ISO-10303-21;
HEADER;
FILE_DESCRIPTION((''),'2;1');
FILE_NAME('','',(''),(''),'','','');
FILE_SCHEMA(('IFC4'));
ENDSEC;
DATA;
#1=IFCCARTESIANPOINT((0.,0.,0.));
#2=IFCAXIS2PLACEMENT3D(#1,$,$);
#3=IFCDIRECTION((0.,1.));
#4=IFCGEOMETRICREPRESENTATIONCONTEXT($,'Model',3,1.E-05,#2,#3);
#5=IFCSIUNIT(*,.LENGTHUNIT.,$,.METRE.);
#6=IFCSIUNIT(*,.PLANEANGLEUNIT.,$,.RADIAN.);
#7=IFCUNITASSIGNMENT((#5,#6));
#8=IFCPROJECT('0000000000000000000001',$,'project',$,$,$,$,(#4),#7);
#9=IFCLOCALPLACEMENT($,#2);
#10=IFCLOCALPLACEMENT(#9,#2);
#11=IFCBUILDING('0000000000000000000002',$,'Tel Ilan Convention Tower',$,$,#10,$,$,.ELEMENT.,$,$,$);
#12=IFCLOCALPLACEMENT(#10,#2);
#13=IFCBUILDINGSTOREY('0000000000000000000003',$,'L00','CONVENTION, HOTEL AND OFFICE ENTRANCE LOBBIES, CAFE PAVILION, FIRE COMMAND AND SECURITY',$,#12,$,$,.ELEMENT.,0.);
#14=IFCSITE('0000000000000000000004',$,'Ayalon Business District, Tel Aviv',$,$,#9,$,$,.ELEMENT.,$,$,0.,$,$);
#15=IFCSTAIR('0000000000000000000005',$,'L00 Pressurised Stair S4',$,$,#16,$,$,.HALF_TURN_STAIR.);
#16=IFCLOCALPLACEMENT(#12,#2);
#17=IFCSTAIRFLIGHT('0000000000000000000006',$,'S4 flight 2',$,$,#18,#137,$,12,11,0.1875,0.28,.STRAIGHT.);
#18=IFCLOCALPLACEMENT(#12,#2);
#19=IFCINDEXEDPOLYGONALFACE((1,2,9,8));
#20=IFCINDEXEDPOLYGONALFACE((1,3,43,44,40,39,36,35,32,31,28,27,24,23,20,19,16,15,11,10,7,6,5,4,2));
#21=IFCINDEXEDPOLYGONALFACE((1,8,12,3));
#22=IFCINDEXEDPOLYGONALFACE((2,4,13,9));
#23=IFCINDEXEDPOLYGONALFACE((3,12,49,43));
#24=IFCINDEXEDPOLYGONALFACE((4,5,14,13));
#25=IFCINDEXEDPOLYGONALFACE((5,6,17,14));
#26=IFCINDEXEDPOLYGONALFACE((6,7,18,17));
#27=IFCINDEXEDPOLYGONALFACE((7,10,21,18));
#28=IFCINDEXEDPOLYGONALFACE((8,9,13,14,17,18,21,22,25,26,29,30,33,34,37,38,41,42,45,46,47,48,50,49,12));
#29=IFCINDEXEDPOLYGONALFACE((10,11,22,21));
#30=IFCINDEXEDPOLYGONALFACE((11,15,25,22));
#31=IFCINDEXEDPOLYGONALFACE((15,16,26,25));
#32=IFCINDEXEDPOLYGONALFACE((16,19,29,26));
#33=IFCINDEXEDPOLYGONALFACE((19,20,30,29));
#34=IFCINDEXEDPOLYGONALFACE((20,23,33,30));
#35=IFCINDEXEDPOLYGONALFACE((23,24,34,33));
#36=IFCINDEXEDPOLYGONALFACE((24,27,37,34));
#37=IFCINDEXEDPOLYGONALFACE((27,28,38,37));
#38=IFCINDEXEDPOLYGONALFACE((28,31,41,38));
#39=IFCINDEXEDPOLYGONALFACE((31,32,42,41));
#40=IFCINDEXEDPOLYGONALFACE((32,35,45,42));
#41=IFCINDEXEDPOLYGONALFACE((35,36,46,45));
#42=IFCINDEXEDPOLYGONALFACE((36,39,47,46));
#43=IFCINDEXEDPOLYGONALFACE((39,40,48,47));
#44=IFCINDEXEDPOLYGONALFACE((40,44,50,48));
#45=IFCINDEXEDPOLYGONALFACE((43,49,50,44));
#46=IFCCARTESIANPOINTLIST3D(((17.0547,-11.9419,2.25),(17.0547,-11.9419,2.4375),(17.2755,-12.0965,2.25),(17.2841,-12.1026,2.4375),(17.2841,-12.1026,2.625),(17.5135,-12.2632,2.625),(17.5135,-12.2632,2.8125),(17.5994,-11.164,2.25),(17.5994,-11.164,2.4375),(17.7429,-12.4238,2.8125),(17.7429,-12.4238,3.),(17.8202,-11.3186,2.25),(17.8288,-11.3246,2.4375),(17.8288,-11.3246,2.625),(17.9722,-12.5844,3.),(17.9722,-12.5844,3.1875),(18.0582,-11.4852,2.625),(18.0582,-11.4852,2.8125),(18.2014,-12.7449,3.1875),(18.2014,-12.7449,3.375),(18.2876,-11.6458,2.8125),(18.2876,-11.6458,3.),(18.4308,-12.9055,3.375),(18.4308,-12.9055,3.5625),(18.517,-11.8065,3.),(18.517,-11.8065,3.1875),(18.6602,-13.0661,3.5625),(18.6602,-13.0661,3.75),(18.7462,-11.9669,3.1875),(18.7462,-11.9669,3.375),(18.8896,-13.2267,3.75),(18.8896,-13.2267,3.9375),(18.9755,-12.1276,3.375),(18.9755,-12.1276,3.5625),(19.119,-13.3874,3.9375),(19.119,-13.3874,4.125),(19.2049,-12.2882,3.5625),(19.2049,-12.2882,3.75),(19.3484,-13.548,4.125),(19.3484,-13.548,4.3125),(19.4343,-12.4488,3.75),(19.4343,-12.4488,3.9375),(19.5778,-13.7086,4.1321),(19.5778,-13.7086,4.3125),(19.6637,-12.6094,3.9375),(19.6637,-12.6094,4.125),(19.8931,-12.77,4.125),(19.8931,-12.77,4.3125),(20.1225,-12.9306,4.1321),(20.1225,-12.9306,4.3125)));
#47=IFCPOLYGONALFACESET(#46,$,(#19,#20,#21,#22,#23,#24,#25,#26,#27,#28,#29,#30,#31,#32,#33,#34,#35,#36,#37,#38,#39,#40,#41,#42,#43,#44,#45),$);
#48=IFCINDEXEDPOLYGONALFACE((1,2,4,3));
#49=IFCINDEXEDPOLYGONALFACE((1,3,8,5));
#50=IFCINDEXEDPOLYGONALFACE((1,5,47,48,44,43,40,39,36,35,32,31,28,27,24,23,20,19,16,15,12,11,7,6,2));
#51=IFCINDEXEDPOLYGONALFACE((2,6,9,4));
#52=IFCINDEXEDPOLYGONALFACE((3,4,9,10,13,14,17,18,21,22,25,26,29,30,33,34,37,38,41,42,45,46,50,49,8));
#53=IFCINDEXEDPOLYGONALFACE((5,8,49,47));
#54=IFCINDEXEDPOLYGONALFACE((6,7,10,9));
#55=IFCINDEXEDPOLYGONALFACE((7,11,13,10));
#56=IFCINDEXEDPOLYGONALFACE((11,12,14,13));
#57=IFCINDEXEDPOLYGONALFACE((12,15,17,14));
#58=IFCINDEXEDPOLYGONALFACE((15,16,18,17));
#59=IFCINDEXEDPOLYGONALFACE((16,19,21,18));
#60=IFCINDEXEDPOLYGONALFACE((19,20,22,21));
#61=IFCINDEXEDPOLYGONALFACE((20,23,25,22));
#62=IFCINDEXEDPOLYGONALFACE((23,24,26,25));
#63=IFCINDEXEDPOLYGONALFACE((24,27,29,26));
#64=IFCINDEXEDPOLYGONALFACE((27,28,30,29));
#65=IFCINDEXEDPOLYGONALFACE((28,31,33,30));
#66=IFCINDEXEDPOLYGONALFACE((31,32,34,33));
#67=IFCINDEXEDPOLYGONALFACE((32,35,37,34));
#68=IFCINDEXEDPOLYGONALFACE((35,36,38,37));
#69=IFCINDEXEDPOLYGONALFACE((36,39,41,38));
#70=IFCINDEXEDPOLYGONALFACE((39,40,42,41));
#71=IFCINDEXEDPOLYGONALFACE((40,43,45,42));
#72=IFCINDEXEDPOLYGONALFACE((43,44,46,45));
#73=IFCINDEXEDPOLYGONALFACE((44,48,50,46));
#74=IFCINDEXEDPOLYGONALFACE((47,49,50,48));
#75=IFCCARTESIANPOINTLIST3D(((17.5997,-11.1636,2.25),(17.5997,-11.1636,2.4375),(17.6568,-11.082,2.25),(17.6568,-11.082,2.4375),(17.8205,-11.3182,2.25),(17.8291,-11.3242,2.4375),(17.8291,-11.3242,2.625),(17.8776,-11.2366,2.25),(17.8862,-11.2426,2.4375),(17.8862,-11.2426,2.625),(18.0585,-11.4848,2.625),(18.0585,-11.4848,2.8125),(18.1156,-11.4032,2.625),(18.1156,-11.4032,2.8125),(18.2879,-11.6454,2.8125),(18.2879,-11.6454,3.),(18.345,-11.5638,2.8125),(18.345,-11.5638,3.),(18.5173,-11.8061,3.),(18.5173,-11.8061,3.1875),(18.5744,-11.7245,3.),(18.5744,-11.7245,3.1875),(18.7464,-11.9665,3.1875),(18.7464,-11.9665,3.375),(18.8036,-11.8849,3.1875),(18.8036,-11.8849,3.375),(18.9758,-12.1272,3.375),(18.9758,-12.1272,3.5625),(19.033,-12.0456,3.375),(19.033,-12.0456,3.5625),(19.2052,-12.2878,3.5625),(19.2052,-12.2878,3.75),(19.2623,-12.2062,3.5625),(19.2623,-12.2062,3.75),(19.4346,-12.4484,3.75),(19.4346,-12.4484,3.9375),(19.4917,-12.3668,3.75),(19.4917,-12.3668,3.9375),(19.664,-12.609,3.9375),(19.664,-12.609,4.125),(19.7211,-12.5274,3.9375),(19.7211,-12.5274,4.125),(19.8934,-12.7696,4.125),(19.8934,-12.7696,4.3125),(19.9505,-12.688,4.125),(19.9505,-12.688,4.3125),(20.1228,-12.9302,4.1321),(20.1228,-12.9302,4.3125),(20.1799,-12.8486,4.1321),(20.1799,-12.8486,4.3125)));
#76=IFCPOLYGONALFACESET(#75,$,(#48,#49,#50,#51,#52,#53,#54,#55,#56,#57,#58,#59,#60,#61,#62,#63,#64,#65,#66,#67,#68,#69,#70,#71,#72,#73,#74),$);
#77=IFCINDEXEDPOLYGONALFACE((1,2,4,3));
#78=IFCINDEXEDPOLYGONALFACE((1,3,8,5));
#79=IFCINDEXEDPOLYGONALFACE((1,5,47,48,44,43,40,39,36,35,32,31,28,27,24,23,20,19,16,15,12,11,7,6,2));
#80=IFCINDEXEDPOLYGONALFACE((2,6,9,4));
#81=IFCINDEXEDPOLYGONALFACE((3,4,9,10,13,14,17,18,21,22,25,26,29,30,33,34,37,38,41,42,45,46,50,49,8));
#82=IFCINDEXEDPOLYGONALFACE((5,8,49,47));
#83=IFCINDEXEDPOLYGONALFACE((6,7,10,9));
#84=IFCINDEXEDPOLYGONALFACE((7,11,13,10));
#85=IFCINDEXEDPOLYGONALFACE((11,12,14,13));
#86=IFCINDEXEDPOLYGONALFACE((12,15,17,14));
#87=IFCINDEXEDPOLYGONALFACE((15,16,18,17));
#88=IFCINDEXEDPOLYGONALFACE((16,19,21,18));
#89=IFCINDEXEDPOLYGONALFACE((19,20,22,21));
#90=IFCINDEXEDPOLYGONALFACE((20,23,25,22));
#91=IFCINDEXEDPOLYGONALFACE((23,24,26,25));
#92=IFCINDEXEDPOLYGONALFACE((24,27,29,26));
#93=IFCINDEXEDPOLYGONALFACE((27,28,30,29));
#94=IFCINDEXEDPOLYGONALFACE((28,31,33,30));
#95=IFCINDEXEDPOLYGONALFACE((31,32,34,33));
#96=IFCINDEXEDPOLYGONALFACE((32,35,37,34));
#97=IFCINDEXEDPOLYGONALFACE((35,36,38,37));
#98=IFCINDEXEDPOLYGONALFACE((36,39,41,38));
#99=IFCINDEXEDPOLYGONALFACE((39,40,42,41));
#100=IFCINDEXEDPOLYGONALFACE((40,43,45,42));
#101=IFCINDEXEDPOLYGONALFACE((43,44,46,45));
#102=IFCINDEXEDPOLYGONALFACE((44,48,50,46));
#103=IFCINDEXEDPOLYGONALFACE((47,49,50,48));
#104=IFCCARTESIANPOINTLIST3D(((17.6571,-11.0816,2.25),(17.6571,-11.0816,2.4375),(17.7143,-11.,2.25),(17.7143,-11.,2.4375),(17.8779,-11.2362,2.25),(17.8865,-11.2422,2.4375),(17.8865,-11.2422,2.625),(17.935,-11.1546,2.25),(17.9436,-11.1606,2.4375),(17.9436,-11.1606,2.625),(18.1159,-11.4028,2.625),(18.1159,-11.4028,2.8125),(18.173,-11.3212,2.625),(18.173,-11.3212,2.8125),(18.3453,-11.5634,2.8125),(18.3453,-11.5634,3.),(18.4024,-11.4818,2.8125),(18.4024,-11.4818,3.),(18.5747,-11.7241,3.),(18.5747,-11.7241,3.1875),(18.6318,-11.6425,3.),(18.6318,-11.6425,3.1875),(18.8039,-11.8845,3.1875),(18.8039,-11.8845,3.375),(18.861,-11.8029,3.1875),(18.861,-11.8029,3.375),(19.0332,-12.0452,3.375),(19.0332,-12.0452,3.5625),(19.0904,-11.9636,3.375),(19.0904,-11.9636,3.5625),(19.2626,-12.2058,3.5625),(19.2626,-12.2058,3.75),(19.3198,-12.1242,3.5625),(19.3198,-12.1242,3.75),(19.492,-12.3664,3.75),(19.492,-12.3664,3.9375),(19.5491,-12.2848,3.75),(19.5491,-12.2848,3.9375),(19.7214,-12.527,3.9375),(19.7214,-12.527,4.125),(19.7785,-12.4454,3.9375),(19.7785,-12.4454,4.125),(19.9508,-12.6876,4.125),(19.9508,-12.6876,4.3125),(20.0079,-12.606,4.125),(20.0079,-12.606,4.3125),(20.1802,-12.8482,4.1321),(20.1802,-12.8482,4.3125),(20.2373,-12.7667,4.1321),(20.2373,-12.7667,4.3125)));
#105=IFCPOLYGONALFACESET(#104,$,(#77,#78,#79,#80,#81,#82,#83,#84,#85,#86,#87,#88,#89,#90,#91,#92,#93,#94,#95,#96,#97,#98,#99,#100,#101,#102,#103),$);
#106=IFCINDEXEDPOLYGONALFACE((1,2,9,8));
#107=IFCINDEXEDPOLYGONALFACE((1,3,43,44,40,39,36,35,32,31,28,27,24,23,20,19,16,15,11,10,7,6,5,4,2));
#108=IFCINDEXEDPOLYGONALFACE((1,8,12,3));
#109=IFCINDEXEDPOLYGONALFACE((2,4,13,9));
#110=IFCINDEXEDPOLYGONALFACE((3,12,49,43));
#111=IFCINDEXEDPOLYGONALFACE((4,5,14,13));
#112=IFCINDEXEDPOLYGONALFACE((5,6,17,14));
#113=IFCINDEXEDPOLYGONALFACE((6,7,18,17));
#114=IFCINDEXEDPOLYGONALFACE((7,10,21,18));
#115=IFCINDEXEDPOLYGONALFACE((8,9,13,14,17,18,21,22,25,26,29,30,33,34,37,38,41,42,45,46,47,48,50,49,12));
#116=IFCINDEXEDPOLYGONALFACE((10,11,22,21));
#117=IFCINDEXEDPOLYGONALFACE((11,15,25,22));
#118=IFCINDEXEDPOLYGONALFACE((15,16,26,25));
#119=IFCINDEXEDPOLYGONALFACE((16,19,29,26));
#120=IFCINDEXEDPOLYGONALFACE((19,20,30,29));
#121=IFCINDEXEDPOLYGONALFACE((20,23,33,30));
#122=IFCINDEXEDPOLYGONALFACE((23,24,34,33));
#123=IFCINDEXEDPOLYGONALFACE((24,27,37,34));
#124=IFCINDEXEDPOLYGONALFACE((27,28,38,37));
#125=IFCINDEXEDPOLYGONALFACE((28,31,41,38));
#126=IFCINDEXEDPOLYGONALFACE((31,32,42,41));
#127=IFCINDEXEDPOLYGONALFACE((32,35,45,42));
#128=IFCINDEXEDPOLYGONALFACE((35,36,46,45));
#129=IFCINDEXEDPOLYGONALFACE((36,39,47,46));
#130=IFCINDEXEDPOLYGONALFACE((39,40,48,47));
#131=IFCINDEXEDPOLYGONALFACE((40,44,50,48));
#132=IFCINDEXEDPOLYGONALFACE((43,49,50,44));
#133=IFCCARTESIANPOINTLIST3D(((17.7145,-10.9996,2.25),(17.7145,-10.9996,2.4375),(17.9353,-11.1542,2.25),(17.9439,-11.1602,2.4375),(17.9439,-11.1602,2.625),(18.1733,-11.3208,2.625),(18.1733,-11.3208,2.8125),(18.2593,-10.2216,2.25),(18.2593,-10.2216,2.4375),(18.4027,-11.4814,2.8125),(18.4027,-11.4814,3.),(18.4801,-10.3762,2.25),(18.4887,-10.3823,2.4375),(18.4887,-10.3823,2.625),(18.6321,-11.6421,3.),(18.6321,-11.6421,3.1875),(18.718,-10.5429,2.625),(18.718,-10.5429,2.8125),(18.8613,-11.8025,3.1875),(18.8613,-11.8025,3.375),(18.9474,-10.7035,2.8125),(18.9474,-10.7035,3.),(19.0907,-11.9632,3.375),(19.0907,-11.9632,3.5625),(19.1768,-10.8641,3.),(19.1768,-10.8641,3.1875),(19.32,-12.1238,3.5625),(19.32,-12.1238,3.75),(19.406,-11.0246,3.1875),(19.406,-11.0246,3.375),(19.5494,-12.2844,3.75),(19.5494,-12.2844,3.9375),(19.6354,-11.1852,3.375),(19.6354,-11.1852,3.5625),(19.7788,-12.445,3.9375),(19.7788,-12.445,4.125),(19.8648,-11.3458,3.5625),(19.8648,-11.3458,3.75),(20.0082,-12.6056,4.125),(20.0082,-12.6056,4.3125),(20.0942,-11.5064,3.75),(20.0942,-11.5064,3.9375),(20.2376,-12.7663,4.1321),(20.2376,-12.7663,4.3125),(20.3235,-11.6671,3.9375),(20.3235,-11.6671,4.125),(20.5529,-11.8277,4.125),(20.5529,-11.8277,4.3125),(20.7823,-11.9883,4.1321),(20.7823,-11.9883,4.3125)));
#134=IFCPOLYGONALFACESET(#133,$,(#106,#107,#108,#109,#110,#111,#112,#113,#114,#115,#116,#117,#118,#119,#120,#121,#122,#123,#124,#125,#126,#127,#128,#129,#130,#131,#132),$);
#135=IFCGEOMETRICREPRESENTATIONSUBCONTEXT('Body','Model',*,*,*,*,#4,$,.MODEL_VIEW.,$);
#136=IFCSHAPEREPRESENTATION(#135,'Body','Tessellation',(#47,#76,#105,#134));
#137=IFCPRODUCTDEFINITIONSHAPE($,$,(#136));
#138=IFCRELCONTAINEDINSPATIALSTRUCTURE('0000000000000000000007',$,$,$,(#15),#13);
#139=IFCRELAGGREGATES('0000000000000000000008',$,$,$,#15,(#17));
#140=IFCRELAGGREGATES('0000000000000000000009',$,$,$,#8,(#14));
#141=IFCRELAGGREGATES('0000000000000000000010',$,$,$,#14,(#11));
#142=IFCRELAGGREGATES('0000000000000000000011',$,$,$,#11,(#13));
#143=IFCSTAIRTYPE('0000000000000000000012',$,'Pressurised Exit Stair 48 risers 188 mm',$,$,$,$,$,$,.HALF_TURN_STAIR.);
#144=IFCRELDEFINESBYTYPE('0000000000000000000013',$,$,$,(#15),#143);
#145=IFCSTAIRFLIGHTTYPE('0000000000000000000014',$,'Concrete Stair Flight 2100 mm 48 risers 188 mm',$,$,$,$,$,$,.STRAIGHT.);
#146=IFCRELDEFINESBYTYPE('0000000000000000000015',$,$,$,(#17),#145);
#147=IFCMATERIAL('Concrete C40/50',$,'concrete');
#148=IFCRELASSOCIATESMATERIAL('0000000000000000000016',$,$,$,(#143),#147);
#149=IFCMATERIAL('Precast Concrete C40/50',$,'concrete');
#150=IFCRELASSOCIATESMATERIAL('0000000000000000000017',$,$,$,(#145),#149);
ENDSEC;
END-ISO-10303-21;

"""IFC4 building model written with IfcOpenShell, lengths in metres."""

from ifc_helpers import new_model, si_unit, direction, frame, origin, place, context, subcontext, project, spatial, polyline, outline, extrude, material, type_object, element, aggregate, save


model = new_model("IFC4")

# Units and contexts
model_context = context("Model", 3, precision=1e-05, world=origin(), true_north=direction((0.0, 1.0)))
body_context = subcontext(model_context, "Body", "Model", "MODEL_VIEW")
ifc_project = project(units=[si_unit("LENGTHUNIT", "METRE"), si_unit("PLANEANGLEUNIT", "RADIAN")], contexts=[model_context])

# Site, building, storey
site_placement = place(None, origin())
site = spatial("IfcSite", under=ifc_project, at=site_placement, Name="Ayalon Business District, Tel Aviv", CompositionType="ELEMENT", RefElevation=0.0)
building_placement = place(site_placement, origin())
building = spatial("IfcBuilding", under=site, at=building_placement, Name="Tel Ilan Convention Tower", CompositionType="ELEMENT")
storey_placement = place(building_placement, origin())
storey = spatial("IfcBuildingStorey", under=building, at=storey_placement, Name="L00", Description="CONVENTION, HOTEL AND OFFICE ENTRANCE LOBBIES, CAFE PAVILION, FIRE COMMAND AND SECURITY", CompositionType="ELEMENT", Elevation=0.0)

# Stair, stair flight
ifc_material_1 = material(Name="Concrete C40/50", Category="concrete")
stair_type = type_object("IfcStairType", Name="Pressurised Exit Stair 48 risers 188 mm", PredefinedType="HALF_TURN_STAIR", material=ifc_material_1)
stair_placement = place(storey_placement, origin())
stair = element("IfcStair", 1, at=stair_placement, inside=storey, type_object=stair_type, Name="L00 Pressurised Stair S4", PredefinedType="HALF_TURN_STAIR")
ifc_material_2 = material(Name="Precast Concrete C40/50", Category="concrete")
stair_flight_type = type_object("IfcStairFlightType", Name="Concrete Stair Flight 2100 mm 48 risers 188 mm", PredefinedType="STRAIGHT", material=ifc_material_2)
stair_flight_1_placement = place(storey_placement, frame((17.657, -11.0818, 2.25), z_axis=(0.0, 0.0, 1.0), x_axis=(0.819152, -0.573576, 0.0)))
stair_flight_1 = element("IfcStairFlight", 2, at=stair_flight_1_placement, type_object=stair_flight_type, Name="S4 flight 2", NumberOfRisers=12, NumberOfTreads=11, PredefinedType="STRAIGHT", RiserHeight=0.1875, TreadLength=0.28, context=body_context, shape_type="SweptSolid", body=[
    extrude(outline(polyline([(0.0, 0.0), (0.0, 0.1875), (0.28, 0.1875), (0.28, 0.375), (0.5601, 0.375), (0.5601, 0.5625), (0.8401, 0.5625), (0.8401, 0.75), (1.1201, 0.75), (1.1201, 0.9375), (1.3999, 0.9375), (1.3999, 1.125), (1.6799, 1.125), (1.6799, 1.3125), (1.96, 1.3125), (1.96, 1.5), (2.24, 1.5), (2.24, 1.6875), (2.52, 1.6875), (2.52, 1.875), (2.8, 1.875), (2.8, 2.0625), (3.0801, 2.0625), (3.0801, 2.25), (3.0801, 1.8821), (0.2695, 0.0), (0.0, 0.0)])), frame((0.0, -0.1003, 0.0), z_axis=(0.0, -1.0, 0.0), x_axis=(1.0, 0.0, 0.0)), (0.0, 0.0, 1.0), 0.9497),
    extrude(outline(polyline([(0.0, 0.0), (0.0, 0.1875), (0.28, 0.1875), (0.28, 0.375), (0.5601, 0.375), (0.5601, 0.5625), (0.8401, 0.5625), (0.8401, 0.75), (1.1201, 0.75), (1.1201, 0.9375), (1.3999, 0.9375), (1.3999, 1.125), (1.6799, 1.125), (1.6799, 1.3125), (1.96, 1.3125), (1.96, 1.5), (2.24, 1.5), (2.24, 1.6875), (2.52, 1.6875), (2.52, 1.875), (2.8, 1.875), (2.8, 2.0625), (3.0801, 2.0625), (3.0801, 2.25), (3.0801, 1.8821), (0.2695, 0.0), (0.0, 0.0)])), frame((0.0, -0.0002, 0.0), z_axis=(0.0, -1.0, 0.0), x_axis=(1.0, 0.0, 0.0)), (0.0, 0.0, 1.0), 0.0996),
    extrude(outline(polyline([(0.0, 0.0), (0.0, 0.1875), (0.28, 0.1875), (0.28, 0.375), (0.5601, 0.375), (0.5601, 0.5625), (0.8401, 0.5625), (0.8401, 0.75), (1.1201, 0.75), (1.1201, 0.9375), (1.3999, 0.9375), (1.3999, 1.125), (1.6799, 1.125), (1.6799, 1.3125), (1.96, 1.3125), (1.96, 1.5), (2.24, 1.5), (2.24, 1.6875), (2.52, 1.6875), (2.52, 1.875), (2.8, 1.875), (2.8, 2.0625), (3.0801, 2.0625), (3.0801, 2.25), (3.0801, 1.8821), (0.2695, 0.0), (0.0, 0.0)])), frame((0.0, 0.0999, 0.0), z_axis=(0.0, -1.0, 0.0), x_axis=(1.0, 0.0, 0.0)), (0.0, 0.0, 1.0), 0.0996),
    extrude(outline(polyline([(0.0, 0.0), (0.0, 0.1875), (0.28, 0.1875), (0.28, 0.375), (0.5601, 0.375), (0.5601, 0.5625), (0.8401, 0.5625), (0.8401, 0.75), (1.1201, 0.75), (1.1201, 0.9375), (1.3999, 0.9375), (1.3999, 1.125), (1.6799, 1.125), (1.6799, 1.3125), (1.96, 1.3125), (1.96, 1.5), (2.24, 1.5), (2.24, 1.6875), (2.52, 1.6875), (2.52, 1.875), (2.8, 1.875), (2.8, 2.0625), (3.0801, 2.0625), (3.0801, 2.25), (3.0801, 1.8821), (0.2695, 0.0), (0.0, 0.0)])), frame((0.0, 1.05, 0.0), z_axis=(0.0, -1.0, 0.0), x_axis=(1.0, 0.0, 0.0)), (0.0, 0.0, 1.0), 0.9497),
])
aggregate(stair, [stair_flight_1])

save(model, "model.ifc")
